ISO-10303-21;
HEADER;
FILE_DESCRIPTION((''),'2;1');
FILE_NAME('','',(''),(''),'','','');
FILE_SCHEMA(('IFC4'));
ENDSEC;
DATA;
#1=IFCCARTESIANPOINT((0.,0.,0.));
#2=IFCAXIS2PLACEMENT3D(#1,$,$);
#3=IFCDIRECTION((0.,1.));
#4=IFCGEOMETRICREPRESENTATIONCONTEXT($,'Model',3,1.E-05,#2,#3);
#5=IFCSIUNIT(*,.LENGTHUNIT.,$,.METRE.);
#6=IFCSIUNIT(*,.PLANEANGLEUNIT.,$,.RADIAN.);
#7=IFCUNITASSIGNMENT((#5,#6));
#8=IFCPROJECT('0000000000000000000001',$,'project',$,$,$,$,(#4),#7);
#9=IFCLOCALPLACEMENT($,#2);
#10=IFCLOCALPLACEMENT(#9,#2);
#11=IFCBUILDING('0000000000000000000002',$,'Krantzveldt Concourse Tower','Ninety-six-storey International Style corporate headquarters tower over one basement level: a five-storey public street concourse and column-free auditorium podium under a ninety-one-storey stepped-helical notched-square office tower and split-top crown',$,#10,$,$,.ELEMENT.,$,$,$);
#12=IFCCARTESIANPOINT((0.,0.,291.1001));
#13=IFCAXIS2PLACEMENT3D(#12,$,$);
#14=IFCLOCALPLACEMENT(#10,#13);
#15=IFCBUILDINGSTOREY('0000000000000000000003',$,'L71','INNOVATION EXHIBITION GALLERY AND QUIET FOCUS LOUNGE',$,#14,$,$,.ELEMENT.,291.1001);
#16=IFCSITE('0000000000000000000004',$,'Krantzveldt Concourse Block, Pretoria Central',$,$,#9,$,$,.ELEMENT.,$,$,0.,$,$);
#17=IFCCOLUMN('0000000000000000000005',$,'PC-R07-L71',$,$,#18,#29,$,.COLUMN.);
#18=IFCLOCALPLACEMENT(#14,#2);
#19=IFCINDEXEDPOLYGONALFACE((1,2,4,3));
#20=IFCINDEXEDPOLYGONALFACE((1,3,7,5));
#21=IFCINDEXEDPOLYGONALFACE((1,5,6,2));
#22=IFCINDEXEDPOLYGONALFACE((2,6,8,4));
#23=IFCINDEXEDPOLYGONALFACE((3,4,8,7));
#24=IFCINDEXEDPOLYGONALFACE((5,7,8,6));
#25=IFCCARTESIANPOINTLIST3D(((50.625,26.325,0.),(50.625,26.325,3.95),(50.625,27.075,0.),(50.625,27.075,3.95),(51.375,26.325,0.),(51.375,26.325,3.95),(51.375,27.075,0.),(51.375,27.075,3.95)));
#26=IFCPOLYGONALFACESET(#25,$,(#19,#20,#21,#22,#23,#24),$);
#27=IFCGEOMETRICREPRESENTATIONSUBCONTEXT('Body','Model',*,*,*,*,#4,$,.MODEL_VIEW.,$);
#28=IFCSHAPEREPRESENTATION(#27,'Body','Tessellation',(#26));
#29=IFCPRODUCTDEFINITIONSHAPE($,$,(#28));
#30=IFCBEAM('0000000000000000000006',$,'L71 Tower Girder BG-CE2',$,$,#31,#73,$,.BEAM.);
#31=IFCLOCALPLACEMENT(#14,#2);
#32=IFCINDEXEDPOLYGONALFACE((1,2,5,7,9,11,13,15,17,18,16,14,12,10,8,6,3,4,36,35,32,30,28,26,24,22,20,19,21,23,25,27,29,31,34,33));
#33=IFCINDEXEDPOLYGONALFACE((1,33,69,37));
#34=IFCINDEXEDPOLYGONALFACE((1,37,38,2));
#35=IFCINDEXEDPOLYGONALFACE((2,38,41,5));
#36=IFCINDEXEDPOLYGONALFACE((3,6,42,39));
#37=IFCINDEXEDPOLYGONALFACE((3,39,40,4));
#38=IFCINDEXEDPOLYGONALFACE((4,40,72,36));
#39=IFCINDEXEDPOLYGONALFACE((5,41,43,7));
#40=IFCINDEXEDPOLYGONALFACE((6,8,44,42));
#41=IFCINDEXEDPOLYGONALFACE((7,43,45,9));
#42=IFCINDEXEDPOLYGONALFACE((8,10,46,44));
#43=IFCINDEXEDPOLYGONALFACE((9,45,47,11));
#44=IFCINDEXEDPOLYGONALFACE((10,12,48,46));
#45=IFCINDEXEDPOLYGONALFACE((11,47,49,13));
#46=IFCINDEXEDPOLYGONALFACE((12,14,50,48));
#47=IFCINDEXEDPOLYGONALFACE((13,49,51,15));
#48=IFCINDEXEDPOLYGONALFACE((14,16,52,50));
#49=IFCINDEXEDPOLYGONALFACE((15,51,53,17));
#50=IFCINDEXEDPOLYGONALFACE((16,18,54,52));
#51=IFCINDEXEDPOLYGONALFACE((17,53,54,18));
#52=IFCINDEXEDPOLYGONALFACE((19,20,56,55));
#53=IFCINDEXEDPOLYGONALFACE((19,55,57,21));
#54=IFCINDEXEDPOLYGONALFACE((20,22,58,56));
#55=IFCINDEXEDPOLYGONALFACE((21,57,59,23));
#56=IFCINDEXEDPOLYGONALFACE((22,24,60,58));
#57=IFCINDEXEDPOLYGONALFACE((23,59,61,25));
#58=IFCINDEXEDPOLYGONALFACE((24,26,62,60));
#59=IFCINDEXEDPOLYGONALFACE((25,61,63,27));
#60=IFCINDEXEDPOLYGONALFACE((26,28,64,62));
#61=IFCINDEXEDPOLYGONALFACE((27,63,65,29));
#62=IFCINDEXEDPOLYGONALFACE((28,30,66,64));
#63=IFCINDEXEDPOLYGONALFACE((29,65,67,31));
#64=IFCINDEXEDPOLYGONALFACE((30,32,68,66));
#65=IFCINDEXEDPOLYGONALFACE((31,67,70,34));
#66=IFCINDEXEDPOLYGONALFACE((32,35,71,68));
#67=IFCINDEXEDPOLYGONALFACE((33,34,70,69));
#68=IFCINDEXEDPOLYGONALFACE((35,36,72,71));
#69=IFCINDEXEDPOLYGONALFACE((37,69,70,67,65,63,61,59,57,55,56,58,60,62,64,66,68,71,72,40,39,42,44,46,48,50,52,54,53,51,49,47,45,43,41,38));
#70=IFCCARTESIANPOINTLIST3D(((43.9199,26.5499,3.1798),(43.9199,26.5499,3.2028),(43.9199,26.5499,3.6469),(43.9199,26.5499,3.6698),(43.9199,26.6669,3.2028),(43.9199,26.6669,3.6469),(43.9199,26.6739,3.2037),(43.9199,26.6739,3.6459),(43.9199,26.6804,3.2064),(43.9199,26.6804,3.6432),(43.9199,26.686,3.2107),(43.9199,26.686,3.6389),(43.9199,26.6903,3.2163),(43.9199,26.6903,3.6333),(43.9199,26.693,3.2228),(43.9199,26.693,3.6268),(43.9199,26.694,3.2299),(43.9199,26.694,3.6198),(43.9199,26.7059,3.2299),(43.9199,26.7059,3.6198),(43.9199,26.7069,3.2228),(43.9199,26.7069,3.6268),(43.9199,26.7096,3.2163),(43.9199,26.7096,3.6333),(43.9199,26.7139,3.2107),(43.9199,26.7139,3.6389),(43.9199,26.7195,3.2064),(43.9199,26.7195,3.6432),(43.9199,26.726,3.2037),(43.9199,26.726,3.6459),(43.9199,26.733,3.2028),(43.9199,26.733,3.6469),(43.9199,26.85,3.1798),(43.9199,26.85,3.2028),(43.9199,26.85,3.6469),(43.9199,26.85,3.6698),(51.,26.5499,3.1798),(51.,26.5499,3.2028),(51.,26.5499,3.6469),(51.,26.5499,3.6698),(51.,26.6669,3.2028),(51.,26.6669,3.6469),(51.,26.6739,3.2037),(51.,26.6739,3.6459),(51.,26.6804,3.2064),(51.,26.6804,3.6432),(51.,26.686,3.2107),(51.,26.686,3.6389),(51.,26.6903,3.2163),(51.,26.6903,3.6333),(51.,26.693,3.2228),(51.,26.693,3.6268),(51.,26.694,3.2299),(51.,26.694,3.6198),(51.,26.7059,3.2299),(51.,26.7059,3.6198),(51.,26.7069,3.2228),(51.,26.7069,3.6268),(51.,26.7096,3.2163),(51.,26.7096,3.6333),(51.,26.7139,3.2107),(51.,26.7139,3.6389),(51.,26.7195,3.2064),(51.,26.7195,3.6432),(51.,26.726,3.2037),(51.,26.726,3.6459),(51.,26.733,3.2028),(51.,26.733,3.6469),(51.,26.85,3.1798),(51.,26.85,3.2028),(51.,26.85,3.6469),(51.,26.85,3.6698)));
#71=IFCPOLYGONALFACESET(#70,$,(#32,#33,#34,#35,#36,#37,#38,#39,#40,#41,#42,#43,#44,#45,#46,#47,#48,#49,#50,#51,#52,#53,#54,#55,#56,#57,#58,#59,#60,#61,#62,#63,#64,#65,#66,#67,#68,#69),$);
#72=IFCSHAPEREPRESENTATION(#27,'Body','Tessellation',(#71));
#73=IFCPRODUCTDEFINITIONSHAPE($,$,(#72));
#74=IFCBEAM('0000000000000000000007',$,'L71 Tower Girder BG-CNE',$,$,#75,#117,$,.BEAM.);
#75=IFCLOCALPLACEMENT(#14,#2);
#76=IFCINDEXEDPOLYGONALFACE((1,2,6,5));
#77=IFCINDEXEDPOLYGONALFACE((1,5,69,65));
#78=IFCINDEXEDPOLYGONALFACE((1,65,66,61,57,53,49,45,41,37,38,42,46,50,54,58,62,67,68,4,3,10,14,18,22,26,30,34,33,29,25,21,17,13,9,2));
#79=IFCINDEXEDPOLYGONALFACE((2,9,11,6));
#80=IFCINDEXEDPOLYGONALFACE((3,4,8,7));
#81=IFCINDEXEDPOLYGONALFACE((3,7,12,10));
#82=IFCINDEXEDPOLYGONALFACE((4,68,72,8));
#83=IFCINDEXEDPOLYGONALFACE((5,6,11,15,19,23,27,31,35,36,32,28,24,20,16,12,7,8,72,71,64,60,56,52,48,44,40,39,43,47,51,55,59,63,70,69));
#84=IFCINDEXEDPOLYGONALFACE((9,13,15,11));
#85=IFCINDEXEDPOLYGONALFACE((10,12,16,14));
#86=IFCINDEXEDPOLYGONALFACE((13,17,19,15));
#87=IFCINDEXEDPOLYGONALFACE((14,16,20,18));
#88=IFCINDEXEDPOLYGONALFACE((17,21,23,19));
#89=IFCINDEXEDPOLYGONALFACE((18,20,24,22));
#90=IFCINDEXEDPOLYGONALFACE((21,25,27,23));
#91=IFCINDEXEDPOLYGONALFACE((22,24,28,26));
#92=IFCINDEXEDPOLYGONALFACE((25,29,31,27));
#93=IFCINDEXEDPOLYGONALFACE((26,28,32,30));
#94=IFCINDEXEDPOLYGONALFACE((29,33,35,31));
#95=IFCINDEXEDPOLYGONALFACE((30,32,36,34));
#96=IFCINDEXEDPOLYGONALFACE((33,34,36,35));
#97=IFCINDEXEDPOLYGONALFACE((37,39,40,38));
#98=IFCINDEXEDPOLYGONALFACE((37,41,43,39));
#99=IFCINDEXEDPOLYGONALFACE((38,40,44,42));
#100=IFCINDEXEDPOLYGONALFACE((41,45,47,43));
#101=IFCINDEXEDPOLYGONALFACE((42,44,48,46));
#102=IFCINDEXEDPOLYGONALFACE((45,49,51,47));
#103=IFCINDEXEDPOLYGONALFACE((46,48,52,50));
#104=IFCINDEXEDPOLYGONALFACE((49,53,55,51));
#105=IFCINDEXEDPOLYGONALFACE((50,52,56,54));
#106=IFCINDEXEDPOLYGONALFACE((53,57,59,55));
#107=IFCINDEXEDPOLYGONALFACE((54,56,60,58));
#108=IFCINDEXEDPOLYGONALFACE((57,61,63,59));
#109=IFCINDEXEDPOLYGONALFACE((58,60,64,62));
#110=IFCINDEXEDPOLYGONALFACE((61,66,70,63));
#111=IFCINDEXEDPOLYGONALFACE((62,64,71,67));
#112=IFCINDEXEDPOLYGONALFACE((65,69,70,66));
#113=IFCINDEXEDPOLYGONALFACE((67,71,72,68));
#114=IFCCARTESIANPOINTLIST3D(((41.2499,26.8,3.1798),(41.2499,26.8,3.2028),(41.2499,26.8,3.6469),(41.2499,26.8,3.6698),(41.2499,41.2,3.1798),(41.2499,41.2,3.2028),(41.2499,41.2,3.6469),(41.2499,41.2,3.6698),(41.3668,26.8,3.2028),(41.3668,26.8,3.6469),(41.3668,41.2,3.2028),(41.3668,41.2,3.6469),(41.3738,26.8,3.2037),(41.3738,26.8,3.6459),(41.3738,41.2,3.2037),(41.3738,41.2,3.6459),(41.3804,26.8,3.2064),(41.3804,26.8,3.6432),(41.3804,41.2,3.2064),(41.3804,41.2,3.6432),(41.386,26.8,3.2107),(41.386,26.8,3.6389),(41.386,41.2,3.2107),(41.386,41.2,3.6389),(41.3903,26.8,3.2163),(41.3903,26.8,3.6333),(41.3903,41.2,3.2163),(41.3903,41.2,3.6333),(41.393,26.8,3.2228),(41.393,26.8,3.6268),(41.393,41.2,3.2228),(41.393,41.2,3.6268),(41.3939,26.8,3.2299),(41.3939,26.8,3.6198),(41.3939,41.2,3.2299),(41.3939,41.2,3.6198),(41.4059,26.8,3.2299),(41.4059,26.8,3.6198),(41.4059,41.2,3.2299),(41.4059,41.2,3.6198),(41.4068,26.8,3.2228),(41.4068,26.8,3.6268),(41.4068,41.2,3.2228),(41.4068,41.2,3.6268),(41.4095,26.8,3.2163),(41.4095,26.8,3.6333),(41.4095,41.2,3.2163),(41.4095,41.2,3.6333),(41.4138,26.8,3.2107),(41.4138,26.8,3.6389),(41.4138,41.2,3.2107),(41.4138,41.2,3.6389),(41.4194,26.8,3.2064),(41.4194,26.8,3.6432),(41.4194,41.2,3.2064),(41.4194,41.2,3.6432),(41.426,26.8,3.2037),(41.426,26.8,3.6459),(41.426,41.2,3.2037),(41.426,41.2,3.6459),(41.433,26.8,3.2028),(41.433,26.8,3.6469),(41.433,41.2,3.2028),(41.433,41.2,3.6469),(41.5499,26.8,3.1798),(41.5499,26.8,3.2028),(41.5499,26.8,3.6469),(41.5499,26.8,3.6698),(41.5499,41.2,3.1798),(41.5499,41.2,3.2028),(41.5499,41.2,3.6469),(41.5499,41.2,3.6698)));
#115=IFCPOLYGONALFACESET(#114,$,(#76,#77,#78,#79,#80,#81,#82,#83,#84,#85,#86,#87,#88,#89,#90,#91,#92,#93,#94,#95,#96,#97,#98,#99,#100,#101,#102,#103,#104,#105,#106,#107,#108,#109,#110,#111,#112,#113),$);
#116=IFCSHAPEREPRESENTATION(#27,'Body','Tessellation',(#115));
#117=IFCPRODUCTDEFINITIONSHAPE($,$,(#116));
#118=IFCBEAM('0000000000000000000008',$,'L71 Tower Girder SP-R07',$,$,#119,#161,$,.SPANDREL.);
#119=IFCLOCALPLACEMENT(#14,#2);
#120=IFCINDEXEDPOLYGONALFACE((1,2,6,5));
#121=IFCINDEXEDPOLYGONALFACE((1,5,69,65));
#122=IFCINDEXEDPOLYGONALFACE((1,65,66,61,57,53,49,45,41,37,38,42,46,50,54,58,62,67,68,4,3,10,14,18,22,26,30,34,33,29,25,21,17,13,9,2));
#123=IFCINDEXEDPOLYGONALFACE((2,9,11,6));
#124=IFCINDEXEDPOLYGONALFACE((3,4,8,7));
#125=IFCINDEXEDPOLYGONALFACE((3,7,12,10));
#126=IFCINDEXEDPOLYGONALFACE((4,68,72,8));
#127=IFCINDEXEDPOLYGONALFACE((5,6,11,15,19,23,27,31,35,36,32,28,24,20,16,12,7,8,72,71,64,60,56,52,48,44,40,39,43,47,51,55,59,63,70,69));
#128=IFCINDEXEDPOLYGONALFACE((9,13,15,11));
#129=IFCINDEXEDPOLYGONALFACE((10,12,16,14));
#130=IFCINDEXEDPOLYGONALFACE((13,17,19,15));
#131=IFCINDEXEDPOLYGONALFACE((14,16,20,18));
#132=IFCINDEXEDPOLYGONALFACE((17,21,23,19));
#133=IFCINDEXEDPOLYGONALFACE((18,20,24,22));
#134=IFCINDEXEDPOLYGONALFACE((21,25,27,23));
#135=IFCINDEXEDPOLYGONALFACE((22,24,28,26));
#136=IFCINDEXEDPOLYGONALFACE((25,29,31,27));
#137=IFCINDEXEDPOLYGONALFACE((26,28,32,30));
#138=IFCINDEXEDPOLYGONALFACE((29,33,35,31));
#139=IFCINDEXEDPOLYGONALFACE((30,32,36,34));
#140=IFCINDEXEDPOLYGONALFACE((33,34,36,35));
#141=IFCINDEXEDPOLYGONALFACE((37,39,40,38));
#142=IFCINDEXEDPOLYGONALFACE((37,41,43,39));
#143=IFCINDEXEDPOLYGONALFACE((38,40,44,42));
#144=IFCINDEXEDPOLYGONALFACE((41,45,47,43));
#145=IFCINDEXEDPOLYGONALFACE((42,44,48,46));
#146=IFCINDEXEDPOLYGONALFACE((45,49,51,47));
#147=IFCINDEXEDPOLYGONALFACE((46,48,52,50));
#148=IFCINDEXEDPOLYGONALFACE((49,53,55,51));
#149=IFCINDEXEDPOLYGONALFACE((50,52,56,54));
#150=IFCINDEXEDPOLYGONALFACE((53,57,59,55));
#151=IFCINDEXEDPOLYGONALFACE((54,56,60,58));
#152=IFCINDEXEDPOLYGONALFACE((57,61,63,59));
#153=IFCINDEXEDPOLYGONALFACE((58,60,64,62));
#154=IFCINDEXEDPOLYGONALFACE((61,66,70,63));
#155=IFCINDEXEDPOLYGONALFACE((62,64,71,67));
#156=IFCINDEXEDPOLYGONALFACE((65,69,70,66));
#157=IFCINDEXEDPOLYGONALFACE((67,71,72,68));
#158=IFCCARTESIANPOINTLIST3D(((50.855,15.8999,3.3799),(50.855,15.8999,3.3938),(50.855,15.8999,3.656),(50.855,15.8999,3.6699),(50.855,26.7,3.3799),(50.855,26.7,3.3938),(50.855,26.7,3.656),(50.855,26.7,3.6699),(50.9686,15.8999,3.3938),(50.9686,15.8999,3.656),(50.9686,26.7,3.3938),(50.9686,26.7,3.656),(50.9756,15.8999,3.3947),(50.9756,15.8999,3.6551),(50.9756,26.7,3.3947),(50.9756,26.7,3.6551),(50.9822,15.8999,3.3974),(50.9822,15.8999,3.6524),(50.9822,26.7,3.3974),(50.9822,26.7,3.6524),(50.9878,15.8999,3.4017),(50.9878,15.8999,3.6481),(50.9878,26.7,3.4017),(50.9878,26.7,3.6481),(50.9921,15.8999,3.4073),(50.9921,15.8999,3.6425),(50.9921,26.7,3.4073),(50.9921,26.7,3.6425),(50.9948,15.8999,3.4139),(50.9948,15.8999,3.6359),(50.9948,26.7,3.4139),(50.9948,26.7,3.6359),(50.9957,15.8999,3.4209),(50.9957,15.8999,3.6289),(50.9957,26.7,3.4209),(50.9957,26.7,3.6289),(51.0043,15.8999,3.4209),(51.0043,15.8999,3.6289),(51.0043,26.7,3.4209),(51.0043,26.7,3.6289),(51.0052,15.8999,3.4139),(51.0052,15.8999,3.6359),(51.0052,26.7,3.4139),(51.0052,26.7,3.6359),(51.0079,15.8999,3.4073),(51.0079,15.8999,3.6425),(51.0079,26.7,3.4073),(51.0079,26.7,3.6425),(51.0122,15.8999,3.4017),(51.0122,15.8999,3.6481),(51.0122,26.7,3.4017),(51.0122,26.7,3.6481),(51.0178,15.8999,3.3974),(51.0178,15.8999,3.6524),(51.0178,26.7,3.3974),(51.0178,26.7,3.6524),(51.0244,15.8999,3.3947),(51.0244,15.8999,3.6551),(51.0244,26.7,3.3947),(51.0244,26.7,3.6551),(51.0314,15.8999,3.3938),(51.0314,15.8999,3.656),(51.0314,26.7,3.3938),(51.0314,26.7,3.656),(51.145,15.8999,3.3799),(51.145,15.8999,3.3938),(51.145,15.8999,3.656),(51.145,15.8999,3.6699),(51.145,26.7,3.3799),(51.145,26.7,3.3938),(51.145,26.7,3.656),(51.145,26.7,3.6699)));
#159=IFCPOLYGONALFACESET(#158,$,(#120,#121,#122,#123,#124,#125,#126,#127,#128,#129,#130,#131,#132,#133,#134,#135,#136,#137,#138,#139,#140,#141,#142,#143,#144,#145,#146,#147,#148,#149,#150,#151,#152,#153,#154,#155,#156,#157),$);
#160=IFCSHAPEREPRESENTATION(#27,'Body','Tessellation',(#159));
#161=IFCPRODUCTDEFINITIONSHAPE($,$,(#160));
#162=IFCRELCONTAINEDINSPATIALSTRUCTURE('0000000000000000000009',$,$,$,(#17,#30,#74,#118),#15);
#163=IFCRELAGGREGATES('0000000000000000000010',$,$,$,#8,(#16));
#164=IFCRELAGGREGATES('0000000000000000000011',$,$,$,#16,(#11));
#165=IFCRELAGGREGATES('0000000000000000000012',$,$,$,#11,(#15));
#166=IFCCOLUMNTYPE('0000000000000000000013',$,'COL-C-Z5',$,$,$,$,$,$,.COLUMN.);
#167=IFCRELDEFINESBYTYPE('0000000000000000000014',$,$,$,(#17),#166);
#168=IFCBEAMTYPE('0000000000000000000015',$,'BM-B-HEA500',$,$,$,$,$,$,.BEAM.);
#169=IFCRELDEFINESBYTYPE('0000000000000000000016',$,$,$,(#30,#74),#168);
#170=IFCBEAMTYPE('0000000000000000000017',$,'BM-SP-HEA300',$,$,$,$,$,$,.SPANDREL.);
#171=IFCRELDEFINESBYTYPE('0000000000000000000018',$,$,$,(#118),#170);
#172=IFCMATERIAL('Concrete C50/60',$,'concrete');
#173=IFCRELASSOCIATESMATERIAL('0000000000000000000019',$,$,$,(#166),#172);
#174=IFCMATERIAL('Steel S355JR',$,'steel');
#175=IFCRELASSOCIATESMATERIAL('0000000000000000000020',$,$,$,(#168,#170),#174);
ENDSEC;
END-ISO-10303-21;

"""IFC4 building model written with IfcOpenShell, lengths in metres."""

from ifc_helpers import new_model, si_unit, direction, frame, origin, origin_2d, place, context, subcontext, project, spatial, rectangle, i_section, extrude, source, transform, mapped, material, material_profile, profile_set, type_object, type_shapes, element, save


model = new_model("IFC4")

# Units and contexts
model_context = context("Model", 3, precision=1e-05, world=origin(), true_north=direction((0.0, 1.0)))
body_context = subcontext(model_context, "Body", "Model", "MODEL_VIEW")
ifc_project = project(units=[si_unit("LENGTHUNIT", "METRE"), si_unit("PLANEANGLEUNIT", "RADIAN")], contexts=[model_context])

# Site, building, storey
site_placement = place(None, origin())
site = spatial("IfcSite", under=ifc_project, at=site_placement, Name="Krantzveldt Concourse Block, Pretoria Central", CompositionType="ELEMENT", RefElevation=0.0)
building_placement = place(site_placement, origin())
building = spatial("IfcBuilding", under=site, at=building_placement, Name="Krantzveldt Concourse Tower", Description="Ninety-six-storey International Style corporate headquarters tower over one basement level: a five-storey public street concourse and column-free auditorium podium under a ninety-one-storey stepped-helical notched-square office tower and split-top crown", CompositionType="ELEMENT")
storey_placement = place(building_placement, frame((0.0, 0.0, 291.1001)))
storey = spatial("IfcBuildingStorey", under=building, at=storey_placement, Name="L71", Description="INNOVATION EXHIBITION GALLERY AND QUIET FOCUS LOUNGE", CompositionType="ELEMENT", Elevation=291.1001)

# Column
ifc_material_1 = material(Name="Concrete C50/60", Category="concrete")
ifc_material_profile_1 = material_profile(ifc_material_1, rectangle(XDim=0.75, YDim=0.75, at=origin_2d()), Name="Concrete C50/60", Category="concrete")
ifc_profile_set_1 = profile_set([ifc_material_profile_1], Name="Concrete C50/60 - RC 750x750")
column_type = type_object("IfcColumnType", Name="COL-C-Z5", PredefinedType="COLUMN", material=ifc_profile_set_1)
shared_shape_1 = source(origin(), body_context, "Body", "SweptSolid", [
    extrude(rectangle(XDim=0.75, YDim=0.75, at=origin_2d()), origin(), (0.0, 0.0, 1.0), 3.95),
])
type_shapes(column_type, [shared_shape_1])
column_placement = place(storey_placement, frame((51.0, 26.7, 0.0), z_axis=(0.0, 0.0, 1.0), x_axis=(1.0, 0.0, 0.0)))
element("IfcColumn", 1, at=column_placement, inside=storey, type_object=column_type, Name="PC-R07-L71", PredefinedType="COLUMN", context=body_context, shape_type="MappedRepresentation", body=[
    mapped(shared_shape_1, transform((0.0, 0.0, 0.0), x_axis=(1.0, 0.0, 0.0), y_axis=(0.0, 1.0, 0.0), z_axis=(0.0, 0.0, 1.0), scale=1.0)),
])

# Beams
ifc_material_2 = material(Name="Steel S355JR", Category="steel")
ifc_material_profile_2 = material_profile(ifc_material_2, i_section(OverallWidth=0.3, OverallDepth=0.49, WebThickness=0.012, FlangeThickness=0.0229, FilletRadius=0.0271, at=origin_2d()), Name="Steel S355JR", Category="steel")
ifc_profile_set_2 = profile_set([ifc_material_profile_2], Name="Steel S355JR - HEA 500")
beam_type_1 = type_object("IfcBeamType", Name="BM-B-HEA500", PredefinedType="BEAM", material=ifc_profile_set_2)
shared_shape_2 = source(origin(), body_context, "Body", "SweptSolid", [
    extrude(i_section(OverallWidth=0.3, OverallDepth=0.49, WebThickness=0.012, FlangeThickness=0.0229, FilletRadius=0.0271, at=origin_2d()), origin(), (0.0, 0.0, 1.0), 7.0801),
])
beam_1_placement = place(storey_placement, frame((43.9199, 26.7, 3.4248), z_axis=(1.0, 0.0, 0.0), x_axis=(0.0, 1.0, 0.0)))
element("IfcBeam", 2, at=beam_1_placement, inside=storey, type_object=beam_type_1, Name="L71 Tower Girder BG-CE2", PredefinedType="BEAM", context=body_context, shape_type="MappedRepresentation", body=[
    mapped(shared_shape_2, transform((0.0, 0.0, 0.0), x_axis=(1.0, 0.0, 0.0), y_axis=(0.0, 1.0, 0.0), z_axis=(0.0, 0.0, 1.0), scale=1.0)),
])
shared_shape_3 = source(origin(), body_context, "Body", "SweptSolid", [
    extrude(i_section(OverallWidth=0.3, OverallDepth=0.49, WebThickness=0.012, FlangeThickness=0.0229, FilletRadius=0.0271, at=origin_2d()), origin(), (0.0, 0.0, 1.0), 14.3999),
])
type_shapes(beam_type_1, [shared_shape_2, shared_shape_3])
beam_2_placement = place(storey_placement, frame((41.3999, 26.8, 3.4248), z_axis=(0.0, 1.0, 0.0), x_axis=(-1.0, 0.0, 0.0)))
element("IfcBeam", 3, at=beam_2_placement, inside=storey, type_object=beam_type_1, Name="L71 Tower Girder BG-CNE", PredefinedType="BEAM", context=body_context, shape_type="MappedRepresentation", body=[
    mapped(shared_shape_3, transform((0.0, 0.0, 0.0), x_axis=(1.0, 0.0, 0.0), y_axis=(0.0, 1.0, 0.0), z_axis=(0.0, 0.0, 1.0), scale=1.0)),
])
ifc_material_profile_3 = material_profile(ifc_material_2, i_section(OverallWidth=0.29, OverallDepth=0.29, WebThickness=0.0085, FlangeThickness=0.0139, FilletRadius=0.0271, at=origin_2d()), Name="Steel S355JR", Category="steel")
ifc_profile_set_3 = profile_set([ifc_material_profile_3], Name="Steel S355JR - HEA 300")
beam_type_2 = type_object("IfcBeamType", Name="BM-SP-HEA300", PredefinedType="SPANDREL", material=ifc_profile_set_3)
shared_shape_4 = source(origin(), body_context, "Body", "SweptSolid", [
    extrude(i_section(OverallWidth=0.29, OverallDepth=0.29, WebThickness=0.0085, FlangeThickness=0.0139, FilletRadius=0.0271, at=origin_2d()), origin(), (0.0, 0.0, 1.0), 10.8),
])
type_shapes(beam_type_2, [shared_shape_4])
beam_3_placement = place(storey_placement, frame((51.0, 26.7, 3.5249), z_axis=(0.0, -1.0, 0.0), x_axis=(1.0, 0.0, 0.0)))
element("IfcBeam", 4, at=beam_3_placement, inside=storey, type_object=beam_type_2, Name="L71 Tower Girder SP-R07", PredefinedType="SPANDREL", context=body_context, shape_type="MappedRepresentation", body=[
    mapped(shared_shape_4, transform((0.0, 0.0, 0.0), x_axis=(1.0, 0.0, 0.0), y_axis=(0.0, 1.0, 0.0), z_axis=(0.0, 0.0, 1.0), scale=1.0)),
])

save(model, "model.ifc")
